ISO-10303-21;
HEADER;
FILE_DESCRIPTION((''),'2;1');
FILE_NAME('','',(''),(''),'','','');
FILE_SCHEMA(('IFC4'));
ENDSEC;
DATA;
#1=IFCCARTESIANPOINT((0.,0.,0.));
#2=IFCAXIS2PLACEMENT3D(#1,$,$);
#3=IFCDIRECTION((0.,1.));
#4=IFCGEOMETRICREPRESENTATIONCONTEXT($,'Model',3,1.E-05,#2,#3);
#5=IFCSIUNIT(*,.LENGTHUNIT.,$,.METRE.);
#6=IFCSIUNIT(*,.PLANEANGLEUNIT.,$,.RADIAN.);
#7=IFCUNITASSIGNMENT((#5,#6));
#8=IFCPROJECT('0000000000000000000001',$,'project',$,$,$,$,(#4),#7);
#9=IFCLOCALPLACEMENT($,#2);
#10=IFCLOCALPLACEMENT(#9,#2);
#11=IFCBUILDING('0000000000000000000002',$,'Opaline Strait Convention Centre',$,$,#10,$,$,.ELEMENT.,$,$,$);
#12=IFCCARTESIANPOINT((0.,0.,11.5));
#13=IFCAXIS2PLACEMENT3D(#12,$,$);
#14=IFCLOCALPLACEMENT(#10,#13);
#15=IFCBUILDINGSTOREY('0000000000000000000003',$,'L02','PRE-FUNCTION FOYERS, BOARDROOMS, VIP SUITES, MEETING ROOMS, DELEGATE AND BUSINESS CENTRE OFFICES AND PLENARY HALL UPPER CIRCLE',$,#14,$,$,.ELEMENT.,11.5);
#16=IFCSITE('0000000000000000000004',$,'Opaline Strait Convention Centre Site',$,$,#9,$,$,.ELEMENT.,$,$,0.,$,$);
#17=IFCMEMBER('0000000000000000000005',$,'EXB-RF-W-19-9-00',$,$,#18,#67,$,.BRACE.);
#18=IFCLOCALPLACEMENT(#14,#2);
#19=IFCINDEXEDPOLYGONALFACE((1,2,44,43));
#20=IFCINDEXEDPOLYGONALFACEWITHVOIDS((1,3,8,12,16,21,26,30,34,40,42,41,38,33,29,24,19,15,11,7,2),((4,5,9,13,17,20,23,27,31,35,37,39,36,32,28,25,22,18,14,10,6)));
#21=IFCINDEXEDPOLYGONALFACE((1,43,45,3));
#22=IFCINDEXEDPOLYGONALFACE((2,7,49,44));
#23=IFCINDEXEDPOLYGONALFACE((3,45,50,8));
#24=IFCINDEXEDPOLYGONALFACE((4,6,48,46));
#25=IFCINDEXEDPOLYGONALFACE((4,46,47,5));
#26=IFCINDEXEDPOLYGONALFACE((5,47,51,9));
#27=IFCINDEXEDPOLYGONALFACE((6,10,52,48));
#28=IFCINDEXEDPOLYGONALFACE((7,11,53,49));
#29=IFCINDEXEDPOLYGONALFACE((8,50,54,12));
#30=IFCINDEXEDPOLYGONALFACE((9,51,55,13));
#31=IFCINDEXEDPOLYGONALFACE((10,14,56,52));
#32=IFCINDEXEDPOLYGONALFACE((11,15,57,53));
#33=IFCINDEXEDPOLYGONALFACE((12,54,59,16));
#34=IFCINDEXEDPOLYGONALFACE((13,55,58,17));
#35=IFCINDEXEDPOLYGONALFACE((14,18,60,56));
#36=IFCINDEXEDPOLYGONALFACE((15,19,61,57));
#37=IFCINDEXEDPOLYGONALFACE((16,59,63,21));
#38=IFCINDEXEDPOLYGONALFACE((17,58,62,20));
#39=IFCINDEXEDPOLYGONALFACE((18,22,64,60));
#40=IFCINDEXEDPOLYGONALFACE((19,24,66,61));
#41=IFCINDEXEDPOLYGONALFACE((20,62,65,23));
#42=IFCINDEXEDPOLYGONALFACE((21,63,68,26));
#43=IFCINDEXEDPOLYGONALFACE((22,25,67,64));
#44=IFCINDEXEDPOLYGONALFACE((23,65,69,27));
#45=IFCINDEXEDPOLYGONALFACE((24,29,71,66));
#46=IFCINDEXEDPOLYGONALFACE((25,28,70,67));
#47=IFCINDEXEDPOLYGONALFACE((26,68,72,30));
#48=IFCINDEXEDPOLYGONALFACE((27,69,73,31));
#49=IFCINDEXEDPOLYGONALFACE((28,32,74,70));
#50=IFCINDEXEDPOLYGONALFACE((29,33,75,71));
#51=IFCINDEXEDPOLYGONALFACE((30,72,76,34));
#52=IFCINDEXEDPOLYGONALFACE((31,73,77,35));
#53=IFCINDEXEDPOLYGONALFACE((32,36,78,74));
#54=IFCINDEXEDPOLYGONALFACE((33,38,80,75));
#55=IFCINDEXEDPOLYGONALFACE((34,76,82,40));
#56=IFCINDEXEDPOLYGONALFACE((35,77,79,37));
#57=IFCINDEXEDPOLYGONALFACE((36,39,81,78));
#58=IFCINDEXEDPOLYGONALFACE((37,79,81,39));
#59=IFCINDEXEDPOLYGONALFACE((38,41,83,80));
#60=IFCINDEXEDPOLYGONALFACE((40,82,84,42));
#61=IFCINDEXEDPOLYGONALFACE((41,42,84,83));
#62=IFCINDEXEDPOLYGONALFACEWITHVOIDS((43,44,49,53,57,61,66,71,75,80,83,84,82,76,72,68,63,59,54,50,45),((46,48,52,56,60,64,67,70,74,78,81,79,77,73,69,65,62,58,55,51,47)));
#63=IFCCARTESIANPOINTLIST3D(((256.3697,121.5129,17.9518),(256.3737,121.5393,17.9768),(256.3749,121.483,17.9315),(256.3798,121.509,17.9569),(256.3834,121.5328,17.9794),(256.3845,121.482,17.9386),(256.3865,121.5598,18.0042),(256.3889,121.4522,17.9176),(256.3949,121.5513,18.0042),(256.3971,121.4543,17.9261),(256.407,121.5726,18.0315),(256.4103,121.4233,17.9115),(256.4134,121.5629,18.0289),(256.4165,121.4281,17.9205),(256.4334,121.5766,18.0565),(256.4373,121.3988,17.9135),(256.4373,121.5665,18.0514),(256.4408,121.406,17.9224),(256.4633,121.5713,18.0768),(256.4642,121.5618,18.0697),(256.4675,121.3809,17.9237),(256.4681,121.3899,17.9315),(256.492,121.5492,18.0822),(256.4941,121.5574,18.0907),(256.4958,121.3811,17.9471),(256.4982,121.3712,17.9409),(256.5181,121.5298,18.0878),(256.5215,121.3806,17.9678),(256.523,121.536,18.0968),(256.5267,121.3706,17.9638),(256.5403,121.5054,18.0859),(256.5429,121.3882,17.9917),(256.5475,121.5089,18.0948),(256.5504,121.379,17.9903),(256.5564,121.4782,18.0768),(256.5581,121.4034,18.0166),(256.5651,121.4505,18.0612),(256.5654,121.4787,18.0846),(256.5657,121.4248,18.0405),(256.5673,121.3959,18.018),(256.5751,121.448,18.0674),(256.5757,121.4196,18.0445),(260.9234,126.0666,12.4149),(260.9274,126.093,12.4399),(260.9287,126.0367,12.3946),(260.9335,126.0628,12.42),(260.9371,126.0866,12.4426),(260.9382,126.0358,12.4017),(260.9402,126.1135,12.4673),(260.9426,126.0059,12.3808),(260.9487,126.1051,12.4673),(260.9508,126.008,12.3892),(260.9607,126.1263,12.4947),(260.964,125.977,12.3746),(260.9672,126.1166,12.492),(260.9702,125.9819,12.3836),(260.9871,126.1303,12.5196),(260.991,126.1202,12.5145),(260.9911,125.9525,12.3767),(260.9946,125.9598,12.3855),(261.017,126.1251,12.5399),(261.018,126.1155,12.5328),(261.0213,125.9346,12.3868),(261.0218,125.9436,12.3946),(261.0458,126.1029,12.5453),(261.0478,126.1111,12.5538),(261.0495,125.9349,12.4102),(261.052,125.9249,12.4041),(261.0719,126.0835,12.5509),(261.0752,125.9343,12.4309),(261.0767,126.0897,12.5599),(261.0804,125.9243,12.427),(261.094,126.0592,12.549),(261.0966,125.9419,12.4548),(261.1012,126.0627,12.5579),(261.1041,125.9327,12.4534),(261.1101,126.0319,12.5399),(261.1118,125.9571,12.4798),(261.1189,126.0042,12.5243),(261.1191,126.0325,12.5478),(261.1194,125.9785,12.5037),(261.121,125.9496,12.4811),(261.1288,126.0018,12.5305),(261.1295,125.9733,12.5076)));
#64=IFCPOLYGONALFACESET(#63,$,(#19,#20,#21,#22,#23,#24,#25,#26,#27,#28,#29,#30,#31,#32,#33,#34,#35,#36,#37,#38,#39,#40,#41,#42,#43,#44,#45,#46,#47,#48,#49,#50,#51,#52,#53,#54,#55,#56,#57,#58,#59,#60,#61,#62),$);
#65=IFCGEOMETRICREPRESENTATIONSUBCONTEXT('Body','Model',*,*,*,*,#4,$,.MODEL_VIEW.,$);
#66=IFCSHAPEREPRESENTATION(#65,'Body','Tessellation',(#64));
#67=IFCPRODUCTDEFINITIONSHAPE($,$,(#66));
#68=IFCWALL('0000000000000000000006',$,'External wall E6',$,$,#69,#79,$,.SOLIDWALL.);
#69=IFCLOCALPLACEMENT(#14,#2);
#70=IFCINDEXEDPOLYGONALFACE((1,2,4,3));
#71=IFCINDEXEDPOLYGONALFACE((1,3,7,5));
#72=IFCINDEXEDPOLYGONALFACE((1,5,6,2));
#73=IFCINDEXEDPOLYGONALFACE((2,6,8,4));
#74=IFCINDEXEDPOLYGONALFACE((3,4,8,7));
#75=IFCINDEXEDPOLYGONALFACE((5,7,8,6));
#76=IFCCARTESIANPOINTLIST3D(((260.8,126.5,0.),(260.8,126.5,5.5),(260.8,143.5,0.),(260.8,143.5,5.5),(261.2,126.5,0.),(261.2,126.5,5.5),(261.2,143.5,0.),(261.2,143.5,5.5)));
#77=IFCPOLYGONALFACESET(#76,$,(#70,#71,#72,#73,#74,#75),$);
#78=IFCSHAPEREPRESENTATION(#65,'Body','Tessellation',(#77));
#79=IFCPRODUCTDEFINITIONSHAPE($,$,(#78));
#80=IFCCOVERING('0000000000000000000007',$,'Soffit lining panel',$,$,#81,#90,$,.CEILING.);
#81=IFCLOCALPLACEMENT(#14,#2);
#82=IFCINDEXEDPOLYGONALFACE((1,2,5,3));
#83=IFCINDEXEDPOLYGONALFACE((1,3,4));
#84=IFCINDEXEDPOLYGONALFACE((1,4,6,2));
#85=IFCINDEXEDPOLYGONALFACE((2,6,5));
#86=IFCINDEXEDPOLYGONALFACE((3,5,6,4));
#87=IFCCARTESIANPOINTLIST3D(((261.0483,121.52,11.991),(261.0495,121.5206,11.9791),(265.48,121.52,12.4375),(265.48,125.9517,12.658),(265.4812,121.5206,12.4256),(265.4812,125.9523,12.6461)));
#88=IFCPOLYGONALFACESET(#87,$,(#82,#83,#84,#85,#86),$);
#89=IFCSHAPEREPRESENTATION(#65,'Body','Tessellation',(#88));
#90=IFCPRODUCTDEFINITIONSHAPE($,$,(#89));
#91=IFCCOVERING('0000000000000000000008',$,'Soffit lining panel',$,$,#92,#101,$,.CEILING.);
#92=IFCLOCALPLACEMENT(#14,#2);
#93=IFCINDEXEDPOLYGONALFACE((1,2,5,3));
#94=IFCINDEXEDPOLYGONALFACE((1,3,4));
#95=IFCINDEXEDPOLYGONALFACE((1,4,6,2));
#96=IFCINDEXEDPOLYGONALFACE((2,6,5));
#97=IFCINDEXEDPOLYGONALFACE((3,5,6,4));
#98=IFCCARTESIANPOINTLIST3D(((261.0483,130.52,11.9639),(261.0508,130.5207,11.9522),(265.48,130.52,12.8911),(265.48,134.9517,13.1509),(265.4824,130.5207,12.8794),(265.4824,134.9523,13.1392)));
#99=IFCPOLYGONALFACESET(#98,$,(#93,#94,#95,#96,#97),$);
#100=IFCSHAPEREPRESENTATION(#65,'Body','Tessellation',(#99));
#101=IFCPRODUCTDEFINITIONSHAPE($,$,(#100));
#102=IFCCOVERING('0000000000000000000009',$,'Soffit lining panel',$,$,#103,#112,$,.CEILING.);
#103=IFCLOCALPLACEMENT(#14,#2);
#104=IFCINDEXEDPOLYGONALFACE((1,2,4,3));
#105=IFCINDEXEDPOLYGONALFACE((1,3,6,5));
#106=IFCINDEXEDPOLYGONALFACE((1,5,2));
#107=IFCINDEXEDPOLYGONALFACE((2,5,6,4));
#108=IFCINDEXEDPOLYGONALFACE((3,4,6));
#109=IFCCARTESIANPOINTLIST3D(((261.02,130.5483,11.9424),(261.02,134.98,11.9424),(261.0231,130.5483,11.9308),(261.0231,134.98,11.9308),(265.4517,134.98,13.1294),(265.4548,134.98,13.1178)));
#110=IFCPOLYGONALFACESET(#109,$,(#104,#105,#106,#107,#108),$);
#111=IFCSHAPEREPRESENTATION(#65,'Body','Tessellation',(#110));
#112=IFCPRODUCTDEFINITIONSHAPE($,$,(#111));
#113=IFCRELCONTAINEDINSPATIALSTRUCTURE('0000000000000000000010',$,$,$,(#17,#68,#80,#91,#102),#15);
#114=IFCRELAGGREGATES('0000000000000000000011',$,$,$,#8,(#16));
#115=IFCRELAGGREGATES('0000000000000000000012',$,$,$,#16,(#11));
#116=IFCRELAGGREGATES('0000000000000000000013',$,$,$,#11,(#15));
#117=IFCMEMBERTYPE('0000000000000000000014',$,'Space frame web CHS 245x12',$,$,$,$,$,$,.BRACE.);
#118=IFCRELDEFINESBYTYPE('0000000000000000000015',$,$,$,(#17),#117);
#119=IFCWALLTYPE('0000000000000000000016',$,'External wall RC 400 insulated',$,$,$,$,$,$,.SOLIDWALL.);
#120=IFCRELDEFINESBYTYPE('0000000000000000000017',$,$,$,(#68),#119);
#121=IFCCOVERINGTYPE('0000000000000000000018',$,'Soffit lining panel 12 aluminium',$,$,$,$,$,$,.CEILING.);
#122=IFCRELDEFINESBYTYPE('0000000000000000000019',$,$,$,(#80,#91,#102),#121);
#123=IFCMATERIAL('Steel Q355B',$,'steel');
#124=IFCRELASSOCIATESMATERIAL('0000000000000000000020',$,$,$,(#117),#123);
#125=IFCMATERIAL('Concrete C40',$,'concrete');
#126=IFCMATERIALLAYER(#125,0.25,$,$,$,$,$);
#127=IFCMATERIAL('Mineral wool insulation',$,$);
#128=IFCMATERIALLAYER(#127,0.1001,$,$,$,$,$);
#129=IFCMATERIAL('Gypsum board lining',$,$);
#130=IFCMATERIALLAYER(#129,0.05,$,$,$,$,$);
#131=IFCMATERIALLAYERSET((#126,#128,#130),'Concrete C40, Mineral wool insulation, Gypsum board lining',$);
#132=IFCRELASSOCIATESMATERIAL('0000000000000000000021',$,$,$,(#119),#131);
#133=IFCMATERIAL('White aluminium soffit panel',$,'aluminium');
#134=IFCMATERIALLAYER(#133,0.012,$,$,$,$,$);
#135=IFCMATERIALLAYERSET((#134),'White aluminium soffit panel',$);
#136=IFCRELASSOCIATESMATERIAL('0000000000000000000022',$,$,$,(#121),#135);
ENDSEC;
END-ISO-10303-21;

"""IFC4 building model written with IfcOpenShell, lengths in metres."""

from ifc_helpers import new_model, si_unit, direction, frame, frame_2d, origin, origin_2d, place, context, subcontext, project, spatial, polyline, rectangle, hollow_circle, outline, extrude, material, layer, layer_set, material_profile, profile_set, type_object, element, save


model = new_model("IFC4")

# Units and contexts
model_context = context("Model", 3, precision=1e-05, world=origin(), true_north=direction((0.0, 1.0)))
body_context = subcontext(model_context, "Body", "Model", "MODEL_VIEW")
ifc_project = project(units=[si_unit("LENGTHUNIT", "METRE"), si_unit("PLANEANGLEUNIT", "RADIAN")], contexts=[model_context])

# Site, building, storey
site_placement = place(None, origin())
site = spatial("IfcSite", under=ifc_project, at=site_placement, Name="Opaline Strait Convention Centre Site", CompositionType="ELEMENT", RefElevation=0.0)
building_placement = place(site_placement, origin())
building = spatial("IfcBuilding", under=site, at=building_placement, Name="Opaline Strait Convention Centre", CompositionType="ELEMENT")
storey_placement = place(building_placement, frame((0.0, 0.0, 11.5)))
storey = spatial("IfcBuildingStorey", under=building, at=storey_placement, Name="L02", Description="PRE-FUNCTION FOYERS, BOARDROOMS, VIP SUITES, MEETING ROOMS, DELEGATE AND BUSINESS CENTRE OFFICES AND PLENARY HALL UPPER CIRCLE", CompositionType="ELEMENT", Elevation=11.5)

# Shared definitions
ifc_material_1 = material(Name="Steel Q355B", Category="steel")

# Member
ifc_material_profile_1 = material_profile(ifc_material_1, hollow_circle(Radius=0.1226, WallThickness=0.012, at=origin_2d()), Name="CHS 245x12")
ifc_profile_set_1 = profile_set([ifc_material_profile_1], Name="Steel Q355B")
member_type_1 = type_object("IfcMemberType", Name="Space frame web CHS 245x12", PredefinedType="BRACE", material=ifc_profile_set_1)
for number, where, z_axis, x_axis, name in (
    (1, (256.4731, 121.4731, 18.0042), (0.536178, 0.536178, -0.65194), (-0.707107, 0.707107, 0.0), "EXB-RF-W-19-9-00"),
):
    element("IfcMember", number, at=place(storey_placement, frame(where, z_axis=z_axis, x_axis=x_axis)), inside=storey, type_object=member_type_1, Name=name, PredefinedType="BRACE", context=body_context, shape_type="SweptSolid", body=[
        extrude(hollow_circle(Radius=0.1226, WallThickness=0.012, at=origin_2d()), origin(), (0.0, 0.0, 1.0), 8.4929),
    ])

# Wall
ifc_material_2 = material(Name="Concrete C40", Category="concrete")
ifc_layer_1 = layer(ifc_material_2, 0.25)
ifc_material_3 = material(Name="Mineral wool insulation")
ifc_layer_2 = layer(ifc_material_3, 0.1001)
ifc_material_4 = material(Name="Gypsum board lining")
ifc_layer_3 = layer(ifc_material_4, 0.05)
ifc_layer_set_1 = layer_set([ifc_layer_1, ifc_layer_2, ifc_layer_3], Name="Concrete C40, Mineral wool insulation, Gypsum board lining")
wall_type = type_object("IfcWallType", Name="External wall RC 400 insulated", PredefinedType="SOLIDWALL", material=ifc_layer_set_1)
wall_placement = place(storey_placement, frame((261.0, 126.5, 0.0), z_axis=(0.0, 0.0, 1.0), x_axis=(0.0, 1.0, 0.0)))
element("IfcWall", 2, at=wall_placement, inside=storey, type_object=wall_type, Name="External wall E6", PredefinedType="SOLIDWALL", context=body_context, shape_type="SweptSolid", body=[
    extrude(rectangle(XDim=17.0, YDim=0.3999, at=frame_2d((8.5, 0.0))), origin(), (0.0, 0.0, 1.0), 5.5),
])

# Coverings
ifc_material_5 = material(Name="White aluminium soffit panel", Category="aluminium")
ifc_layer_4 = layer(ifc_material_5, 0.012)
ifc_layer_set_2 = layer_set([ifc_layer_4], Name="White aluminium soffit panel")
covering_type = type_object("IfcCoveringType", Name="Soffit lining panel 12 aluminium", PredefinedType="CEILING", material=ifc_layer_set_2)
covering_1_placement = place(storey_placement, frame((261.0483, 121.52, 11.991), z_axis=(-0.10013, -0.049435, 0.993745), x_axis=(0.703136, 0.703136, 0.105827)))
element("IfcCovering", 3, at=covering_1_placement, inside=storey, type_object=covering_type, Name="Soffit lining panel", PredefinedType="CEILING", context=body_context, shape_type="SweptSolid", body=[
    extrude(outline(polyline([(0.0, 0.0), (6.3027, 0.0), (3.1633, -3.1357), (0.0, 0.0)])), origin(), (0.0, 0.0, -1.0), 0.012),
])
covering_2_placement = place(storey_placement, frame((261.0483, 130.52, 11.9639), z_axis=(-0.204462, -0.05728, 0.977197), x_axis=(0.694756, 0.694756, 0.18609)))
element("IfcCovering", 4, at=covering_2_placement, inside=storey, type_object=covering_type, Name="Soffit lining panel", PredefinedType="CEILING", context=body_context, shape_type="SweptSolid", body=[
    extrude(outline(polyline([(0.0, 0.0), (6.3787, 0.0), (3.2515, -3.1508), (0.0, 0.0)])), origin(), (0.0, 0.0, -1.0), 0.012),
])
covering_3_placement = place(storey_placement, frame((261.02, 130.5483, 11.9424), z_axis=(-0.258729, 0.0, 0.96595), x_axis=(0.0, 1.0, 0.0)))
element("IfcCovering", 5, at=covering_3_placement, inside=storey, type_object=covering_type, Name="Soffit lining panel", PredefinedType="CEILING", context=body_context, shape_type="SweptSolid", body=[
    extrude(outline(polyline([(0.0, 0.0), (4.4316, 0.0), (4.4316, -4.5879), (0.0, 0.0)])), origin(), (0.0, 0.0, -1.0), 0.012),
])

save(model, "model.ifc")
